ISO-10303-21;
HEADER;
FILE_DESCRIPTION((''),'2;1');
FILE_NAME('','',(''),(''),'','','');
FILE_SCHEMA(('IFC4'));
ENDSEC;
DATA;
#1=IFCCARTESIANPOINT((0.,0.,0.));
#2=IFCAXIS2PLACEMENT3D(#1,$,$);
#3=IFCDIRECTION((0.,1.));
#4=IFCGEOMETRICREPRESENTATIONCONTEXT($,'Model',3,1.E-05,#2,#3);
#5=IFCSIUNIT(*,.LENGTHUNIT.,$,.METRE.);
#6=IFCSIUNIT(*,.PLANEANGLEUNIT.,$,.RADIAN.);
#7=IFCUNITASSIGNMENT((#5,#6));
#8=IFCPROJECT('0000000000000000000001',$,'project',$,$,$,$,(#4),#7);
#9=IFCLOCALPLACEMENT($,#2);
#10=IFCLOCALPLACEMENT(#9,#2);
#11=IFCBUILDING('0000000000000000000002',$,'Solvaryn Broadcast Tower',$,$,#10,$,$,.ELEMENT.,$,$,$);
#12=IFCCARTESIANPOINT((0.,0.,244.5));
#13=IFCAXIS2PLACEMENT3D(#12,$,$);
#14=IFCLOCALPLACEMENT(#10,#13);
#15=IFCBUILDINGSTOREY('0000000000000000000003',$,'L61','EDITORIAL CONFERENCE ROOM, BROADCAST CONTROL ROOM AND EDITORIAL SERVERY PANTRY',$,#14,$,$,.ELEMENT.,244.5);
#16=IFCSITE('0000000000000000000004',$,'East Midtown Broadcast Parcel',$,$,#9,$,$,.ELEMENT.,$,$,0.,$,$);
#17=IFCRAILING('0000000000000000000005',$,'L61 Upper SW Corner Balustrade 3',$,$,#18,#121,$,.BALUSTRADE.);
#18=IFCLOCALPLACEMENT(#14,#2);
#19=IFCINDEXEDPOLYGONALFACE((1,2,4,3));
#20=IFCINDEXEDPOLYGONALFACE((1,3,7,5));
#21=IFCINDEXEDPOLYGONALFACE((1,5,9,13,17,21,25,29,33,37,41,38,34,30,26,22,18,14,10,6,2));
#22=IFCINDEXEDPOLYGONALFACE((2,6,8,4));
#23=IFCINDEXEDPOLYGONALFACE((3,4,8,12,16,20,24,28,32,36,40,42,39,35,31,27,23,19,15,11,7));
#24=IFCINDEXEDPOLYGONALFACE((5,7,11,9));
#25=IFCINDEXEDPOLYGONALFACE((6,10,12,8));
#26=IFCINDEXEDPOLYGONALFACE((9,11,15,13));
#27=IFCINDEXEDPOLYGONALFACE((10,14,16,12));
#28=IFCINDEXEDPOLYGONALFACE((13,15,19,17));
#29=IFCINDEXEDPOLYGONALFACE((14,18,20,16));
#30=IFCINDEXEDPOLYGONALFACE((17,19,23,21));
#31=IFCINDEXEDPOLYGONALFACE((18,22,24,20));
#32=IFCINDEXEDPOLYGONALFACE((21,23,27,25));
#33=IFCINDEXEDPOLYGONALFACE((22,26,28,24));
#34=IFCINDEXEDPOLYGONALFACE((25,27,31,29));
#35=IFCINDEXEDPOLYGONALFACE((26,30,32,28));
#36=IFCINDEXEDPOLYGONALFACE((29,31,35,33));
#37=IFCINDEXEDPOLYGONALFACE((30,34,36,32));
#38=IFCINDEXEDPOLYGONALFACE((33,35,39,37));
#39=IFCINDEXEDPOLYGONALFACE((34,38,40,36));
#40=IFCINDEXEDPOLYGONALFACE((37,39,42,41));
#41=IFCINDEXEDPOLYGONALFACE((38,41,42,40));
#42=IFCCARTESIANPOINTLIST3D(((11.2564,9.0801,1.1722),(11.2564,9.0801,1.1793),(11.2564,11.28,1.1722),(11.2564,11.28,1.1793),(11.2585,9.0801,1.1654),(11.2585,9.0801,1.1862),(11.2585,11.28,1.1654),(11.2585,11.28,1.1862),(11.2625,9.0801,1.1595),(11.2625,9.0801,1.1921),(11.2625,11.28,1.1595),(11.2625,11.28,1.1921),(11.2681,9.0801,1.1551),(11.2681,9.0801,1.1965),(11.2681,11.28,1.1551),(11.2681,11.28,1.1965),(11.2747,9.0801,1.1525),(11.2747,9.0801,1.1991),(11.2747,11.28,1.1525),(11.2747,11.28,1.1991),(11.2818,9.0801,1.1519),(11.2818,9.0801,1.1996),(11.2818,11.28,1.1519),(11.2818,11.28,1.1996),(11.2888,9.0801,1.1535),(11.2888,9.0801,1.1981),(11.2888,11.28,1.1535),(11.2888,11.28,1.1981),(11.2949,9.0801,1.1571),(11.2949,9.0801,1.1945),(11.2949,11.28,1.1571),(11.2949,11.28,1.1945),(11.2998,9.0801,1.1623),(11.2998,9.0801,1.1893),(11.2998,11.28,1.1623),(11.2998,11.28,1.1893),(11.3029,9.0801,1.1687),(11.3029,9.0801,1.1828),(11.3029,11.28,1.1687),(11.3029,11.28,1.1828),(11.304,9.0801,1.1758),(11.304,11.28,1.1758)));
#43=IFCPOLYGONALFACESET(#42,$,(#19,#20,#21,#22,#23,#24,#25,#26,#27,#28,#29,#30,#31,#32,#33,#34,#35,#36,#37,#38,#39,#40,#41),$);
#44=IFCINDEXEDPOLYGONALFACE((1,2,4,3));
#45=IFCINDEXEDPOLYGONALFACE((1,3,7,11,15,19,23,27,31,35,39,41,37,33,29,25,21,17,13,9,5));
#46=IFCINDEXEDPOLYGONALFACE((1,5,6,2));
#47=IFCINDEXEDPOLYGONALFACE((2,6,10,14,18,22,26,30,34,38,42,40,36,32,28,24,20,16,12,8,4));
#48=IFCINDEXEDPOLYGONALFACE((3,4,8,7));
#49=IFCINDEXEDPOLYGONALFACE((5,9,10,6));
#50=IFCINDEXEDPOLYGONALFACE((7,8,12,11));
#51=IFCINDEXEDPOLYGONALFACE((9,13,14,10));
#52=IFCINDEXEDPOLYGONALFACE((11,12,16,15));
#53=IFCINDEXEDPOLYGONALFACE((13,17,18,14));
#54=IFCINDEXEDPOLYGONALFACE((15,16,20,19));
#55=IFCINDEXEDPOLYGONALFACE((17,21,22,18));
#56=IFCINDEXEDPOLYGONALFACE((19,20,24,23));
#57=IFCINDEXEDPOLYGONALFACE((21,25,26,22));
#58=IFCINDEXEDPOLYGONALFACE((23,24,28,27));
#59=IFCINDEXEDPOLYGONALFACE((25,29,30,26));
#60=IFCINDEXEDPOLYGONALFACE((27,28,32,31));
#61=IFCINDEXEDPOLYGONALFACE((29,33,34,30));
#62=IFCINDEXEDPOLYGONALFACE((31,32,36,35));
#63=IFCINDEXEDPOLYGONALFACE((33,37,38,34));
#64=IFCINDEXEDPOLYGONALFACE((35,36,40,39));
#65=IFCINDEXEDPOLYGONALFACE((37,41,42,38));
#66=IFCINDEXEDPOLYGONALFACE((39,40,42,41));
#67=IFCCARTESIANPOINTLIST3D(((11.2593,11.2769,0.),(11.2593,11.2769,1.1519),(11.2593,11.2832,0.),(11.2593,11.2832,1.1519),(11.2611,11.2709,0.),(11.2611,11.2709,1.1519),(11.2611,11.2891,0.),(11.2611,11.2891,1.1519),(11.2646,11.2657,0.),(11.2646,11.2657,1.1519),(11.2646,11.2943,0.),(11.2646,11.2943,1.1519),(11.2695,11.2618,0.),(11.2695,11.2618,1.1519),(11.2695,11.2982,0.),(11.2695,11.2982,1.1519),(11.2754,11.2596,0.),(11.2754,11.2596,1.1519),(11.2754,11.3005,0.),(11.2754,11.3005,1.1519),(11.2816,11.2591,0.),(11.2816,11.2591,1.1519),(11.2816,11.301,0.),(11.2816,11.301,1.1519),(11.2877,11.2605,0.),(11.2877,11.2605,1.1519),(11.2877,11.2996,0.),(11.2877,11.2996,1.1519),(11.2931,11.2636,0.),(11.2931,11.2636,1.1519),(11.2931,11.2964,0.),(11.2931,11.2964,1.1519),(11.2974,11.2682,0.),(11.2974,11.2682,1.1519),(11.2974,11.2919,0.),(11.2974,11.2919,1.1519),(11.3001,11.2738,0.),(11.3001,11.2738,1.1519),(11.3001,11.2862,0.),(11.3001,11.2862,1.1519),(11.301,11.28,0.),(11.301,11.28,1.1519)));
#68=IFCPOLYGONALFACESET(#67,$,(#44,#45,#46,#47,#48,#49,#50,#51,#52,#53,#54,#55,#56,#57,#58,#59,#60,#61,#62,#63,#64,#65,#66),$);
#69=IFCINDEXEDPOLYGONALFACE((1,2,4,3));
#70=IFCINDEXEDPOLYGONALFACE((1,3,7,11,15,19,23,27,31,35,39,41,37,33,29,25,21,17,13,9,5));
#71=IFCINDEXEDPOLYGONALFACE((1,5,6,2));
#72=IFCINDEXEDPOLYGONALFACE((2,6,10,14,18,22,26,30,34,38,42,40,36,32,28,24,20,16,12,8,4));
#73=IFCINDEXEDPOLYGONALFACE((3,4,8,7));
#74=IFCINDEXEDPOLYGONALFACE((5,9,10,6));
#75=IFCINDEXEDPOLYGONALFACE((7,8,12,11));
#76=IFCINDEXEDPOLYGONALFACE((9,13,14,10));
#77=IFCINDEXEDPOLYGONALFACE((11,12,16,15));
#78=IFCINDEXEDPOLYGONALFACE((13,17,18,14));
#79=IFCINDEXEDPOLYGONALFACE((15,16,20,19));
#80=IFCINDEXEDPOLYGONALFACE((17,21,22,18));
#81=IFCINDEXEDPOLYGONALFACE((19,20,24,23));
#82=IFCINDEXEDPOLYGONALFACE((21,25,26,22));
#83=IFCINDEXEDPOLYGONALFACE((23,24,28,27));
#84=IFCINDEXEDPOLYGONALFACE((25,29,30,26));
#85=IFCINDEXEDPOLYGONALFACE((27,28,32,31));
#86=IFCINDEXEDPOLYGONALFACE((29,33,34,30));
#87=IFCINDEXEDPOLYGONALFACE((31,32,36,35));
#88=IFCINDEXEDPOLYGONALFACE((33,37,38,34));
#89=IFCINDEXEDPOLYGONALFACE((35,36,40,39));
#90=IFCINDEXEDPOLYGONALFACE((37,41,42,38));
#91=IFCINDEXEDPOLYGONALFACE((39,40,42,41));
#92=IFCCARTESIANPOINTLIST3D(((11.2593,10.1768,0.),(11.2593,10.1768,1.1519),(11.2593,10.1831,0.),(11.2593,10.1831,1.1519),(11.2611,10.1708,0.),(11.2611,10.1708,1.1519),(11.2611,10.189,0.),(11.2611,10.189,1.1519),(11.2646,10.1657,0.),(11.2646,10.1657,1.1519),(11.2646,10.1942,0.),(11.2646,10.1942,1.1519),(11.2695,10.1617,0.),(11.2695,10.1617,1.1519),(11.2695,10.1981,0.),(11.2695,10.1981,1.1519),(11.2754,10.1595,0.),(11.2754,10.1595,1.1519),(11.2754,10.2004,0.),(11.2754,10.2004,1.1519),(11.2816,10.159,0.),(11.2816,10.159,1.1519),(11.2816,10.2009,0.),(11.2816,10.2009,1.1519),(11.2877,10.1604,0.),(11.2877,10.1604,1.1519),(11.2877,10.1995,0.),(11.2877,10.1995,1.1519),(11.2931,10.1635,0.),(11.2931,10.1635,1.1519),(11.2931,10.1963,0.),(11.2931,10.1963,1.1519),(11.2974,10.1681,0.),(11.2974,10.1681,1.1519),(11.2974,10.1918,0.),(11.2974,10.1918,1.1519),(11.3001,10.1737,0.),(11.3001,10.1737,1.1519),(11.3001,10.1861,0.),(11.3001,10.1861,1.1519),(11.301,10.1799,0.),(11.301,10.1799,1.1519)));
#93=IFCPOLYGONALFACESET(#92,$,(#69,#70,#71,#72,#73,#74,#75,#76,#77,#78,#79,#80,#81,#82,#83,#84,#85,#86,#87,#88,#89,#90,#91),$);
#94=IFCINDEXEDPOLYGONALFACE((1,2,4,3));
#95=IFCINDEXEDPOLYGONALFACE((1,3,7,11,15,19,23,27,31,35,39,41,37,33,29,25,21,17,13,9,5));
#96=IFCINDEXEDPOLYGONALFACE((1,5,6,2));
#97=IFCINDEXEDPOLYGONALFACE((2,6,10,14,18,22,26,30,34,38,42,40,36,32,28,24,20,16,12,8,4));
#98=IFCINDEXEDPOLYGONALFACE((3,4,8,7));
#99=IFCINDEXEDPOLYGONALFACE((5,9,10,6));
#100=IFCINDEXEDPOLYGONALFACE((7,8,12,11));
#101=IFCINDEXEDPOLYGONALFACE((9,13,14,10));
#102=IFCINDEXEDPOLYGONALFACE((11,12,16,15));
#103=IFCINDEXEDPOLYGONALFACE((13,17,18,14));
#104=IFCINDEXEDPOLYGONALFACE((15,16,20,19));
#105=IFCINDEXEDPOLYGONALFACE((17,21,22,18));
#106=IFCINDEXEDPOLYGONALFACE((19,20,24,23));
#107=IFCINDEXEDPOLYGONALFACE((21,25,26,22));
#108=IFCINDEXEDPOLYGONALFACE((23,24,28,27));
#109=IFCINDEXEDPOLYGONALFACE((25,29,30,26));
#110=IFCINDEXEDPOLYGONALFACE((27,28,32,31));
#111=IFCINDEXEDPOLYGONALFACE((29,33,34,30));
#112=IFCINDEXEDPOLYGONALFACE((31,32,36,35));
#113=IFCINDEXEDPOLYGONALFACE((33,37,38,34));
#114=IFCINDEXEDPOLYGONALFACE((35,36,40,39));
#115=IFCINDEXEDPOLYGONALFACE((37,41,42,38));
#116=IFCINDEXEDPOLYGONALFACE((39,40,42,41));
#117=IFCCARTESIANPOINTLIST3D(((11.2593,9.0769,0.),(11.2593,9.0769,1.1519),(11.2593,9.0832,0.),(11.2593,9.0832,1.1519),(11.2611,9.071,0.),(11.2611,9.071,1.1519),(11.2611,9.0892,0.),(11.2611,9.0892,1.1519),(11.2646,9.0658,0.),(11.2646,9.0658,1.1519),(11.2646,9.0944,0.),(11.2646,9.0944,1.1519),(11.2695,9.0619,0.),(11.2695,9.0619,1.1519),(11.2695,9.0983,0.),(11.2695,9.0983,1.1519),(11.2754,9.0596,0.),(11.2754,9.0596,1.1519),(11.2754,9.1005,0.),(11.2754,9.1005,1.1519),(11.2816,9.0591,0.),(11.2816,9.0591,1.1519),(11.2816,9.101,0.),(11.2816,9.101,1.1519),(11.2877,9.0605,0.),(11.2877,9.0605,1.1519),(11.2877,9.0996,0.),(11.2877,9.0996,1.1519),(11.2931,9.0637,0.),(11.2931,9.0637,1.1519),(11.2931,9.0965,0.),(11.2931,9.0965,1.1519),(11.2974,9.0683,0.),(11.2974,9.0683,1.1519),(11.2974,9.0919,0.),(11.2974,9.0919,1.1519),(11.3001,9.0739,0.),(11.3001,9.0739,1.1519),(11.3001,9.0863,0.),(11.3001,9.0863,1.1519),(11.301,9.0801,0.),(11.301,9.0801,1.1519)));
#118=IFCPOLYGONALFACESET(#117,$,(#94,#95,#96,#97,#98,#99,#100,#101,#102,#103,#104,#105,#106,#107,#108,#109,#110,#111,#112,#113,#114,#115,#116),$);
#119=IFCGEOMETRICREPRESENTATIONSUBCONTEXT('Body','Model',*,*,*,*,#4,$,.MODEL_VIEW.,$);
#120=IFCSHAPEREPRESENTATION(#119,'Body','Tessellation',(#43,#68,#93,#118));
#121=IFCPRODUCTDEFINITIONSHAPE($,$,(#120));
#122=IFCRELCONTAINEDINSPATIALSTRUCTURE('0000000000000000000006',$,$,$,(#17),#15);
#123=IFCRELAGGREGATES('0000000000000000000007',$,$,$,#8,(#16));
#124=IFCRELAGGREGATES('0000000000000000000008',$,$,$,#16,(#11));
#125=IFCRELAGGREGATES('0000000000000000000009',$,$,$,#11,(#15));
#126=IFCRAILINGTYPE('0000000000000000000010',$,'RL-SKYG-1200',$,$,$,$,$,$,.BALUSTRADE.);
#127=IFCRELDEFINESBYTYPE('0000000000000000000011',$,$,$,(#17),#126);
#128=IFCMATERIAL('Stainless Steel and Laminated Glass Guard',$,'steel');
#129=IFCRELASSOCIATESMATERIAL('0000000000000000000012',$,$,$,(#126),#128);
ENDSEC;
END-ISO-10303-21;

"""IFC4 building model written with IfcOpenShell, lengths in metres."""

from ifc_helpers import new_model, si_unit, direction, frame, origin, origin_2d, place, context, subcontext, project, spatial, circle, extrude, material, type_object, element, save


model = new_model("IFC4")

# Units and contexts
model_context = context("Model", 3, precision=1e-05, world=origin(), true_north=direction((0.0, 1.0)))
body_context = subcontext(model_context, "Body", "Model", "MODEL_VIEW")
ifc_project = project(units=[si_unit("LENGTHUNIT", "METRE"), si_unit("PLANEANGLEUNIT", "RADIAN")], contexts=[model_context])

# Site, building, storey
site_placement = place(None, origin())
site = spatial("IfcSite", under=ifc_project, at=site_placement, Name="East Midtown Broadcast Parcel", CompositionType="ELEMENT", RefElevation=0.0)
building_placement = place(site_placement, origin())
building = spatial("IfcBuilding", under=site, at=building_placement, Name="Solvaryn Broadcast Tower", CompositionType="ELEMENT")
storey_placement = place(building_placement, frame((0.0, 0.0, 244.5)))
storey = spatial("IfcBuildingStorey", under=building, at=storey_placement, Name="L61", Description="EDITORIAL CONFERENCE ROOM, BROADCAST CONTROL ROOM AND EDITORIAL SERVERY PANTRY", CompositionType="ELEMENT", Elevation=244.5)

# Railing
ifc_material_1 = material(Name="Stainless Steel and Laminated Glass Guard", Category="steel")
railing_type = type_object("IfcRailingType", Name="RL-SKYG-1200", PredefinedType="BALUSTRADE", material=ifc_material_1)
railing_1_placement = place(storey_placement, frame((11.28, 11.28, 0.0)))
element("IfcRailing", 1, at=railing_1_placement, inside=storey, type_object=railing_type, Name="L61 Upper SW Corner Balustrade 3", PredefinedType="BALUSTRADE", context=body_context, shape_type="SweptSolid", body=[
    extrude(circle(Radius=0.0239, at=origin_2d()), frame((0.0, 0.0, 1.1758), z_axis=(0.0, -1.0, 0.0), x_axis=(1.0, 0.0, 0.0)), (0.0, 0.0, 1.0), 2.2),
    extrude(circle(Radius=0.021, at=origin_2d()), origin(), (0.0, 0.0, 1.0), 1.1519),
    extrude(circle(Radius=0.021, at=origin_2d()), frame((0.0, -1.1001, 0.0)), (0.0, 0.0, 1.0), 1.1519),
    extrude(circle(Radius=0.021, at=origin_2d()), frame((0.0, -2.2, 0.0)), (0.0, 0.0, 1.0), 1.1519),
])

save(model, "model.ifc")
